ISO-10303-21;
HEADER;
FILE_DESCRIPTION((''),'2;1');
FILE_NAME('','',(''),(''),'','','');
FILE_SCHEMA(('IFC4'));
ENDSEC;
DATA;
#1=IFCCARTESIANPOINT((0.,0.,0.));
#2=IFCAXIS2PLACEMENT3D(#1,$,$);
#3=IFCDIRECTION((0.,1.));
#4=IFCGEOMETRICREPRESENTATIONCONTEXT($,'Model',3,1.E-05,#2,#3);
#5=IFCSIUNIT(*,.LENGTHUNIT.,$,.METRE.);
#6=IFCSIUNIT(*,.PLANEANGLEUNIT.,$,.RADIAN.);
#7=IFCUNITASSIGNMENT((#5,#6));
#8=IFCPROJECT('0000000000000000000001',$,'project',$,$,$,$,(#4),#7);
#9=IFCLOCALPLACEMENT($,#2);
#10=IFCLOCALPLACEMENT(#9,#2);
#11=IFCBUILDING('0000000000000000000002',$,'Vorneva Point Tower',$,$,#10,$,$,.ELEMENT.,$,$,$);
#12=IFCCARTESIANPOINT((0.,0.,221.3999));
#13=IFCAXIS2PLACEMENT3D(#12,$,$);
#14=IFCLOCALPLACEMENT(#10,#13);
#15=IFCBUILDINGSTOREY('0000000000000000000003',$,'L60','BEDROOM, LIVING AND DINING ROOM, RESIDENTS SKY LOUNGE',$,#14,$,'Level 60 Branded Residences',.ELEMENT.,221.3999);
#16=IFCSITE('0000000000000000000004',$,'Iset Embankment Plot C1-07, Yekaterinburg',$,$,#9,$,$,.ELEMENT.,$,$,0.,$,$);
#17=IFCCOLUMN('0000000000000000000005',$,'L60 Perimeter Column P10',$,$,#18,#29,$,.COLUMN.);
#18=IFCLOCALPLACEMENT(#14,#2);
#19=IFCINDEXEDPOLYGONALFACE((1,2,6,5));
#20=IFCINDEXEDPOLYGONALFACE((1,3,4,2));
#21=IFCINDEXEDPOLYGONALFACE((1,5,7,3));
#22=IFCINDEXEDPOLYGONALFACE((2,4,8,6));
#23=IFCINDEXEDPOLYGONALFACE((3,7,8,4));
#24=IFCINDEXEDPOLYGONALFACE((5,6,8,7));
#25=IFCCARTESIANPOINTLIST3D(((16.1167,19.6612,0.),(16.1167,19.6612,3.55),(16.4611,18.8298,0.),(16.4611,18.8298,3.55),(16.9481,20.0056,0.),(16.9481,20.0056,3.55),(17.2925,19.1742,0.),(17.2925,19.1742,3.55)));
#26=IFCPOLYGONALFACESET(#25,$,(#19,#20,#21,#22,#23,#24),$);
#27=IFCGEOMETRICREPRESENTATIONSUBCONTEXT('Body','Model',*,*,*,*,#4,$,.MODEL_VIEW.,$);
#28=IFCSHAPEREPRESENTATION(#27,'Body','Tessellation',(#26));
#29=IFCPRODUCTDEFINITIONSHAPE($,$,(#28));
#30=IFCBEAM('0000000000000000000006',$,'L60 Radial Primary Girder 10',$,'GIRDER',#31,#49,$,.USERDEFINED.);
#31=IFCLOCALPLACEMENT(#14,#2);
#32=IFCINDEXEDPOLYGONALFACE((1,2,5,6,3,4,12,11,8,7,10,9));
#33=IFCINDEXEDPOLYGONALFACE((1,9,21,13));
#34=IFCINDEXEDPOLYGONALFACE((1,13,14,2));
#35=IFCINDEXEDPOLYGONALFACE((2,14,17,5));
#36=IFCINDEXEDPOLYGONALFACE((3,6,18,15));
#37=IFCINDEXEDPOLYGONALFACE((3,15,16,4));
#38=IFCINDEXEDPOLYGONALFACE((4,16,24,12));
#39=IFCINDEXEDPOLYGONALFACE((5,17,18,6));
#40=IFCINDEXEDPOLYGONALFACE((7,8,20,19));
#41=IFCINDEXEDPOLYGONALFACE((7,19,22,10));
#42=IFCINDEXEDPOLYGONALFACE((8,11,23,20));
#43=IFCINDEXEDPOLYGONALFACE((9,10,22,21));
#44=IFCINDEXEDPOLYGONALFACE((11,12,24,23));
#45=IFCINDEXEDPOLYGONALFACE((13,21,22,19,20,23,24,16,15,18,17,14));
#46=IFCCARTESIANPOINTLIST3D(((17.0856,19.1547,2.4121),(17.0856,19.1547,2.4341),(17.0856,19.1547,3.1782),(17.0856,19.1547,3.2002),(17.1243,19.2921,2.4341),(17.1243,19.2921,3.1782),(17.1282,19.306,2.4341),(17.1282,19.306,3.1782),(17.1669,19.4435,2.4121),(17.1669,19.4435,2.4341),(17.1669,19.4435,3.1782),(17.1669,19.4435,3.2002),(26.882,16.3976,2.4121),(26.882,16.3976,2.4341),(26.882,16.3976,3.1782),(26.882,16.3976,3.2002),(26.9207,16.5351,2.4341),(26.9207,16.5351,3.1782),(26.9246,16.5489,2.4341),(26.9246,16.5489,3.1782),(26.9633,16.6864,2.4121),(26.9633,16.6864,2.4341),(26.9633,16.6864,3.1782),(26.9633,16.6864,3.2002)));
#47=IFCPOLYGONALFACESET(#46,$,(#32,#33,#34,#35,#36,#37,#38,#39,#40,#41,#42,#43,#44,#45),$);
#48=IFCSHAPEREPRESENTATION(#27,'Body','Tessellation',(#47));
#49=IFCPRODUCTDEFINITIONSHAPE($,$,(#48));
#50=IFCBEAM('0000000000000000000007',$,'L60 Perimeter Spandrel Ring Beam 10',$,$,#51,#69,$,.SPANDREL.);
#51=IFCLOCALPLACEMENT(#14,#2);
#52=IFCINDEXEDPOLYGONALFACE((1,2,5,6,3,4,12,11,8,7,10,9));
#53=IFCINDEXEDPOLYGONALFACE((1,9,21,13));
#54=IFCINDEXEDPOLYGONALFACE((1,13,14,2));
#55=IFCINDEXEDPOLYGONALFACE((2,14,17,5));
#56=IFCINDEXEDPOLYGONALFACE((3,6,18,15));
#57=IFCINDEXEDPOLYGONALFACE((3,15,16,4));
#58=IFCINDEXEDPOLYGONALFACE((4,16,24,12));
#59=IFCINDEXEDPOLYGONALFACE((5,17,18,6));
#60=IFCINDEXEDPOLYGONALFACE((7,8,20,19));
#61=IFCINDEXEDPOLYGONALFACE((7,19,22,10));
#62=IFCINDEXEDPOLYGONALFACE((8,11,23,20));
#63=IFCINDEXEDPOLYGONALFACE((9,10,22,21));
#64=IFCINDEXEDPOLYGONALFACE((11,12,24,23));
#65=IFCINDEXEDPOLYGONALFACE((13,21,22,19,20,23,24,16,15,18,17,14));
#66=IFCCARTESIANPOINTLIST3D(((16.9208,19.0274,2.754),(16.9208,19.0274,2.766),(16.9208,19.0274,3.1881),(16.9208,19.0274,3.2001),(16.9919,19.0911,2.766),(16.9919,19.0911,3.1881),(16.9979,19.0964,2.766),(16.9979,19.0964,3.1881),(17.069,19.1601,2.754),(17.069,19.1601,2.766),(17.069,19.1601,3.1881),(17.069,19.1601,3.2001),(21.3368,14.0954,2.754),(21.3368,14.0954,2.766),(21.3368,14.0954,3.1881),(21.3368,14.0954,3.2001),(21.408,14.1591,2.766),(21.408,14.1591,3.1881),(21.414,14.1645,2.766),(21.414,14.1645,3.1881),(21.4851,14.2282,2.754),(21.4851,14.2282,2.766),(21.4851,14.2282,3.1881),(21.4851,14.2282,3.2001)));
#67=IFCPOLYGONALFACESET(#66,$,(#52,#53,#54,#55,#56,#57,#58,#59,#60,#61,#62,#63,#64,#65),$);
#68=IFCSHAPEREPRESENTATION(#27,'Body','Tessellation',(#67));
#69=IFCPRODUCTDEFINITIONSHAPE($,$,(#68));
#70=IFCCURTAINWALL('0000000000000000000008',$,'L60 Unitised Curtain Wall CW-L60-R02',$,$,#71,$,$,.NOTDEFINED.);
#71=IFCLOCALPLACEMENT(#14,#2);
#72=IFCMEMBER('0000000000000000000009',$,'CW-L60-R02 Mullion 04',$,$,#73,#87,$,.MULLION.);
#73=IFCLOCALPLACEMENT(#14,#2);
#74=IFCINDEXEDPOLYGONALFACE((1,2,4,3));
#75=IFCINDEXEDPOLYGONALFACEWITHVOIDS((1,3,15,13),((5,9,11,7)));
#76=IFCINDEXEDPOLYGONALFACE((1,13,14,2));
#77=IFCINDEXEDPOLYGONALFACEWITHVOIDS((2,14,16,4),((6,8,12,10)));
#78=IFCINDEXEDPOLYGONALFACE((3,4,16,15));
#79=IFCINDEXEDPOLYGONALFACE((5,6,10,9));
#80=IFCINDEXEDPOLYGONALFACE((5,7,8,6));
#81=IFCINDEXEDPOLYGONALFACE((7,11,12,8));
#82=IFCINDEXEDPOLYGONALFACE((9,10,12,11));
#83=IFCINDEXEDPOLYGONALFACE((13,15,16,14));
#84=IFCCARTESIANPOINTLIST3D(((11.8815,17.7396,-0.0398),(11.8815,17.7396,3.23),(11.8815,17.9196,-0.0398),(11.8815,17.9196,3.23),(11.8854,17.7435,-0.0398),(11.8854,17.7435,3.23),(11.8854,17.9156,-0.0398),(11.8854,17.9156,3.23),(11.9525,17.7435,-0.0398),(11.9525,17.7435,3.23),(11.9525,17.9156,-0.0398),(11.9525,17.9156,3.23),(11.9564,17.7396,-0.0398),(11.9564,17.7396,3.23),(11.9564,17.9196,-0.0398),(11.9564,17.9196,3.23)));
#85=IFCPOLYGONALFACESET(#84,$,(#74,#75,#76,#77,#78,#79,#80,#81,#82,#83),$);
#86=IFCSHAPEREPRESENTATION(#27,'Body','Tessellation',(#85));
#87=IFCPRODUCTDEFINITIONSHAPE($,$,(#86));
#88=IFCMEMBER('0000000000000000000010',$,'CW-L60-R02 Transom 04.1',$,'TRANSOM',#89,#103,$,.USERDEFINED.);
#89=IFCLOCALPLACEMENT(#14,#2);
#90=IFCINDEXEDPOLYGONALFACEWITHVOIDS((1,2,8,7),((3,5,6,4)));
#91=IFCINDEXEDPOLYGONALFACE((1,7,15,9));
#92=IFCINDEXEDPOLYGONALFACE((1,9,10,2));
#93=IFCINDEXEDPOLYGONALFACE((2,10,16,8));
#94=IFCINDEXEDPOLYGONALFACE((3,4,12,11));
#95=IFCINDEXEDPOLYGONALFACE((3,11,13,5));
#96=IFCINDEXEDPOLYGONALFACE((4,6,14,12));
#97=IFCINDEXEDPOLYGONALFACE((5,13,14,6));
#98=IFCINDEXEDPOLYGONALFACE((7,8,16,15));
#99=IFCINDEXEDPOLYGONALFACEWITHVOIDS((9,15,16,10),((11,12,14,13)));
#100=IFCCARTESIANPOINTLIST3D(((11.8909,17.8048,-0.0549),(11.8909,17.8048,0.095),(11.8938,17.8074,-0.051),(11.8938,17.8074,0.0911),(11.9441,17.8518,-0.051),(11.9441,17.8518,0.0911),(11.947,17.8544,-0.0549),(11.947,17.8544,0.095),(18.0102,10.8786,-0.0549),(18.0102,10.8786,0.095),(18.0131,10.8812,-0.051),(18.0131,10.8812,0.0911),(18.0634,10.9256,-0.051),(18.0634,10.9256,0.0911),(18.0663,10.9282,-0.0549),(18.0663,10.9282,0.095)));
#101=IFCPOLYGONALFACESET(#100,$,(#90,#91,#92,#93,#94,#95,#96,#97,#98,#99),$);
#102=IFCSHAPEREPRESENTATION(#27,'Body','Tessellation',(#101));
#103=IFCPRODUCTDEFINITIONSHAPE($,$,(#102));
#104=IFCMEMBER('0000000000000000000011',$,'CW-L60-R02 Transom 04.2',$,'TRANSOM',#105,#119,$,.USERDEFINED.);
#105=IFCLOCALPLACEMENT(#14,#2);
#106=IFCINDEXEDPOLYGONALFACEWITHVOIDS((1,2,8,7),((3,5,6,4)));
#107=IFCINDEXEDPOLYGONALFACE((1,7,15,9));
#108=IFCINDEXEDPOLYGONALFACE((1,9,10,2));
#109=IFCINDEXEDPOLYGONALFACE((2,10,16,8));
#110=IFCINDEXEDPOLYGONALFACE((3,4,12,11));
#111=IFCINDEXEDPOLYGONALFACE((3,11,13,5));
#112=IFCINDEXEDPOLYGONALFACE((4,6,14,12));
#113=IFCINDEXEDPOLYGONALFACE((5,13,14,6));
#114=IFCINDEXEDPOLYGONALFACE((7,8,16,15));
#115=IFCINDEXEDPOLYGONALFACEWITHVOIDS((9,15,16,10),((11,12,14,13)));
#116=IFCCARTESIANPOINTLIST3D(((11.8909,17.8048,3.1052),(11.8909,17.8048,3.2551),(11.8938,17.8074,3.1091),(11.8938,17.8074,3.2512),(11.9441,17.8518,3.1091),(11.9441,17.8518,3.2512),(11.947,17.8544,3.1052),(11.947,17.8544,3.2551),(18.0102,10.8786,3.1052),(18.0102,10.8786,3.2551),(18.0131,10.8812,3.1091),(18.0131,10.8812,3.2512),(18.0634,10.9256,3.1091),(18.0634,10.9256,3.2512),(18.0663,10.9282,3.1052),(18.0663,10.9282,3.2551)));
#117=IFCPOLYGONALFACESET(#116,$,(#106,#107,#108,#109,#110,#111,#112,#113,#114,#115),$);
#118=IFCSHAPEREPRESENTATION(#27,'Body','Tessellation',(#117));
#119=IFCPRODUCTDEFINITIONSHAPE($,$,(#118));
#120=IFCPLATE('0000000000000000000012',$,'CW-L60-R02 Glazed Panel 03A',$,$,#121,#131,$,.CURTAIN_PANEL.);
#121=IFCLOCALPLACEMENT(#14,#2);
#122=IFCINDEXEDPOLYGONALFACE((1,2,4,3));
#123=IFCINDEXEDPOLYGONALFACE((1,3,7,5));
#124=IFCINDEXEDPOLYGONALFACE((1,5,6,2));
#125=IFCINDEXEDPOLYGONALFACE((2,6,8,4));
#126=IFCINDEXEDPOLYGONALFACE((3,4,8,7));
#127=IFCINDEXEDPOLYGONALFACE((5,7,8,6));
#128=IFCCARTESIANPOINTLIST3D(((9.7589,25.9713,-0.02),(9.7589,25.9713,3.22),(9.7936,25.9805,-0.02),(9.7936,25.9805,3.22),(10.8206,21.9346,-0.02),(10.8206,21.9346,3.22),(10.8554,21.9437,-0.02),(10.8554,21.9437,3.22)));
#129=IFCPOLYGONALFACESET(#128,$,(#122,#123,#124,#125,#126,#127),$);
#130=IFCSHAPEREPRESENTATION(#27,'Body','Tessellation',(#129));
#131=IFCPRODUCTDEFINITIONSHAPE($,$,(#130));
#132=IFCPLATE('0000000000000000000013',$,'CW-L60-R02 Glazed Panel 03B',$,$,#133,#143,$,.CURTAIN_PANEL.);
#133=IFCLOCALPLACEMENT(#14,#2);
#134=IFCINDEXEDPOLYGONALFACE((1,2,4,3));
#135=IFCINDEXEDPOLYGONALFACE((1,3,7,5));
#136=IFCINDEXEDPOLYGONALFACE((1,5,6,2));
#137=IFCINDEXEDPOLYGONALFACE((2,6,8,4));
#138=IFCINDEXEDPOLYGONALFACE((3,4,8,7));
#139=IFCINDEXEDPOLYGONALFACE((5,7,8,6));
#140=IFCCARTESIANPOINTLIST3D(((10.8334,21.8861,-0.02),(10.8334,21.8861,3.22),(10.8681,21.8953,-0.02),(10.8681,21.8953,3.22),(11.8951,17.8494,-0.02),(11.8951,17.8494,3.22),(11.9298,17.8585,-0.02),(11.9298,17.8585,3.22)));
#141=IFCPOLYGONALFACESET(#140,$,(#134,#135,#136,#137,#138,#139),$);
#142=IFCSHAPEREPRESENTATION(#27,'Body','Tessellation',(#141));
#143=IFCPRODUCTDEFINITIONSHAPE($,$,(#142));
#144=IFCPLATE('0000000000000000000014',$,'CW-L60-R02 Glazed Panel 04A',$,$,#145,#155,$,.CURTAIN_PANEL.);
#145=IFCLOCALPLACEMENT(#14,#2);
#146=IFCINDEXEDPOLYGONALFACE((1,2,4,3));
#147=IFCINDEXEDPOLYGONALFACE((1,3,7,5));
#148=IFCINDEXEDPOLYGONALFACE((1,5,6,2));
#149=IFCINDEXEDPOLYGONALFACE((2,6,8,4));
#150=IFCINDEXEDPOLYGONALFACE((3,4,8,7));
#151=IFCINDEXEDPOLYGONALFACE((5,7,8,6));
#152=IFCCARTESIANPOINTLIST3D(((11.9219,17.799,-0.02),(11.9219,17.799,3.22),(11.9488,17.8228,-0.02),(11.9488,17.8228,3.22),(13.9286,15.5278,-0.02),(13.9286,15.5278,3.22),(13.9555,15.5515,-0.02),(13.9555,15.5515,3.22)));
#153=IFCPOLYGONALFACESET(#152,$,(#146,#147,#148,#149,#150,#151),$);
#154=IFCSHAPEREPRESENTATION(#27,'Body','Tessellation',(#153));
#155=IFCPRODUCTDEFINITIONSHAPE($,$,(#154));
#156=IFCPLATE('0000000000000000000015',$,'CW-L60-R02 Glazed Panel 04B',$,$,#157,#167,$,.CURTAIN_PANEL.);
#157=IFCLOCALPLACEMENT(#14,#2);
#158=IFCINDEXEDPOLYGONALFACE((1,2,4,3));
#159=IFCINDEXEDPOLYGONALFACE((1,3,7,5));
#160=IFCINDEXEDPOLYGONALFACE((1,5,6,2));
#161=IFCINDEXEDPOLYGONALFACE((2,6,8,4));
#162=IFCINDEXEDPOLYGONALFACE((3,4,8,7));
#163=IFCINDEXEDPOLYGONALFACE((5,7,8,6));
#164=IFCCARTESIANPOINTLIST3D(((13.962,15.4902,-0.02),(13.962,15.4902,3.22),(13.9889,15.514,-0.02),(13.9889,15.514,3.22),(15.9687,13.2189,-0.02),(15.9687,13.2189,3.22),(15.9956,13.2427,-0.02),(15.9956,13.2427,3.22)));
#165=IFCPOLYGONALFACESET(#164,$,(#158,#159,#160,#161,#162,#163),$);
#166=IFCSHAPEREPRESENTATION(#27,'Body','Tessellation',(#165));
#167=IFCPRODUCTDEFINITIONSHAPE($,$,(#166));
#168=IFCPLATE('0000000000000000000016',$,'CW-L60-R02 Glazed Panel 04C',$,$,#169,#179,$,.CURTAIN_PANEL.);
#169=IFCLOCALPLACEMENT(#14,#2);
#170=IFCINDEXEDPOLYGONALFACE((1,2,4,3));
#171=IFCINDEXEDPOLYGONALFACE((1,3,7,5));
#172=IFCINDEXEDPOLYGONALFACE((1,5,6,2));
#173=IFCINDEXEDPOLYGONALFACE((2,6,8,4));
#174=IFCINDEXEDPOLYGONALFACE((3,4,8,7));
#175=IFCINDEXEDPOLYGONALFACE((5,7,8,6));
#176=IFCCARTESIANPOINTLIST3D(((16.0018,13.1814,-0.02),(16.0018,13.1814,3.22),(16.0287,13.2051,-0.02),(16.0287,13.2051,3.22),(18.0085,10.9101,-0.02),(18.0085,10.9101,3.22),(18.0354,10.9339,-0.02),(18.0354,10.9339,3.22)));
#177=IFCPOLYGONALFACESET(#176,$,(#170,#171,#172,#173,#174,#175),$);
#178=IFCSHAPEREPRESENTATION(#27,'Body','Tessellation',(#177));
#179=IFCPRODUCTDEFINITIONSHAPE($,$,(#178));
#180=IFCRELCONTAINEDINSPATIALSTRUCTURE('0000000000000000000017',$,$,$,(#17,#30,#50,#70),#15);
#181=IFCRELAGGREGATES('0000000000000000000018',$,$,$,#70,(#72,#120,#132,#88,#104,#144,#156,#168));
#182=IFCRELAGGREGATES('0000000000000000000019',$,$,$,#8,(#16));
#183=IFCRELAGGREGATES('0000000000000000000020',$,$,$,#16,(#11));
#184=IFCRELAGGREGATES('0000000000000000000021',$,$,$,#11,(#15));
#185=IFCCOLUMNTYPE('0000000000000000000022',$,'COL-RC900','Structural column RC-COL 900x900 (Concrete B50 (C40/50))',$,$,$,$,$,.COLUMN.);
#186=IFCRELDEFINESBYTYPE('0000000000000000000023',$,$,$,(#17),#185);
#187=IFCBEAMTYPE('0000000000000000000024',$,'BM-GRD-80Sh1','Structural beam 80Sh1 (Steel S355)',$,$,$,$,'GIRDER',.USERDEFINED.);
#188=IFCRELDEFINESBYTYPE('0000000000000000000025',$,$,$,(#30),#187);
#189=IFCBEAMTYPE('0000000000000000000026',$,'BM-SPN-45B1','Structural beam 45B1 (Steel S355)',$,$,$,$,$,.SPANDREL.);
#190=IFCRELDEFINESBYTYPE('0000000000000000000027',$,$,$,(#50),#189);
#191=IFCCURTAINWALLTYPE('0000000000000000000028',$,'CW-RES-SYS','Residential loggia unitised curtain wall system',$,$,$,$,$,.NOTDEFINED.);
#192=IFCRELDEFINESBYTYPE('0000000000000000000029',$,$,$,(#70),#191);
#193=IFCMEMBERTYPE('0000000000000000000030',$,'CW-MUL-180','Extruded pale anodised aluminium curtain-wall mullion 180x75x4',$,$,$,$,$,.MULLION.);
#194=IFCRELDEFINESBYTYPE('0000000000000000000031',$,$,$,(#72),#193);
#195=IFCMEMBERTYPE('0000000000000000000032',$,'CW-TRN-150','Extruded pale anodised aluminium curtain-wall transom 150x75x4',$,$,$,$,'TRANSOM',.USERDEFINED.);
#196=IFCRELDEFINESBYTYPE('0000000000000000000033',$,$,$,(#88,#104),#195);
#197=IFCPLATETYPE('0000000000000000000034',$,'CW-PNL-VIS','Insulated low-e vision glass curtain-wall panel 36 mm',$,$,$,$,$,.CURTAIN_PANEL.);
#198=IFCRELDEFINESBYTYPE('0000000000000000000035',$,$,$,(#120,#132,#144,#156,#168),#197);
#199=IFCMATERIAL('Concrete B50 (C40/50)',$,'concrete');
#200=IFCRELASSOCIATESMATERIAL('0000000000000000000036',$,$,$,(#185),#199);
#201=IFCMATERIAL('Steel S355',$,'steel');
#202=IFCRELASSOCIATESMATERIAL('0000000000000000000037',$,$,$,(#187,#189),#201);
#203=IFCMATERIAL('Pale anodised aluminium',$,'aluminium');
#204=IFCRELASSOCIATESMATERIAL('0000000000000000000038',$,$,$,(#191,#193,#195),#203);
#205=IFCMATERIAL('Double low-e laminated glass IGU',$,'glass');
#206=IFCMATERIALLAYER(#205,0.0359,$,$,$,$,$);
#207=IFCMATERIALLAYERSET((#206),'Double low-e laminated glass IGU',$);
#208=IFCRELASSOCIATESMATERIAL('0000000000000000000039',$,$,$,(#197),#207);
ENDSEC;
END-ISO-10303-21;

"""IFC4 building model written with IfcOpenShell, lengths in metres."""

from ifc_helpers import new_model, si_unit, direction, frame, origin, origin_2d, place, context, subcontext, project, spatial, rectangle, hollow_rectangle, i_section, extrude, material, layer, layer_set, material_profile, profile_set, type_object, element, aggregate, save


model = new_model("IFC4")

# Units and contexts
model_context = context("Model", 3, precision=1e-05, world=origin(), true_north=direction((0.0, 1.0)))
body_context = subcontext(model_context, "Body", "Model", "MODEL_VIEW")
ifc_project = project(units=[si_unit("LENGTHUNIT", "METRE"), si_unit("PLANEANGLEUNIT", "RADIAN")], contexts=[model_context])

# Site, building, storey
site_placement = place(None, origin())
site = spatial("IfcSite", under=ifc_project, at=site_placement, Name="Iset Embankment Plot C1-07, Yekaterinburg", CompositionType="ELEMENT", RefElevation=0.0)
building_placement = place(site_placement, origin())
building = spatial("IfcBuilding", under=site, at=building_placement, Name="Vorneva Point Tower", CompositionType="ELEMENT")
storey_placement = place(building_placement, frame((0.0, 0.0, 221.3999)))
storey = spatial("IfcBuildingStorey", under=building, at=storey_placement, Name="L60", Description="BEDROOM, LIVING AND DINING ROOM, RESIDENTS SKY LOUNGE", LongName="Level 60 Branded Residences", CompositionType="ELEMENT", Elevation=221.3999)

# Column
ifc_material_1 = material(Name="Concrete B50 (C40/50)", Category="concrete")
ifc_material_profile_1 = material_profile(ifc_material_1, rectangle(XDim=0.8999, YDim=0.8999, at=origin_2d()), Name="RC-COL 900x900")
ifc_profile_set_1 = profile_set([ifc_material_profile_1], Name="Concrete B50 (C40/50)")
column_type = type_object("IfcColumnType", Name="COL-RC900", Description="Structural column RC-COL 900x900 (Concrete B50 (C40/50))", PredefinedType="COLUMN", material=ifc_profile_set_1)
column_placement = place(storey_placement, frame((16.7046, 19.4177, 0.0), z_axis=(0.0, 0.0, 1.0), x_axis=(-0.92388, -0.382683, 0.0)))
element("IfcColumn", 1, at=column_placement, inside=storey, type_object=column_type, Name="L60 Perimeter Column P10", PredefinedType="COLUMN", context=body_context, shape_type="SweptSolid", body=[
    extrude(rectangle(XDim=0.8999, YDim=0.8999, at=origin_2d()), origin(), (0.0, 0.0, 1.0), 3.55),
])

# Beams
ifc_material_2 = material(Name="Steel S355", Category="steel")
ifc_material_profile_2 = material_profile(ifc_material_2, i_section(OverallWidth=0.3, OverallDepth=0.7881, WebThickness=0.0144, FlangeThickness=0.022, at=origin_2d()), Name="80Sh1")
ifc_profile_set_2 = profile_set([ifc_material_profile_2], Name="Steel S355")
beam_type_1 = type_object("IfcBeamType", Name="BM-GRD-80Sh1", Description="Structural beam 80Sh1 (Steel S355)", ElementType="GIRDER", PredefinedType="USERDEFINED", material=ifc_profile_set_2)
beam_1_placement = place(storey_placement, frame((17.1262, 19.2991, 2.8062), z_axis=(0.962604, -0.270914, 0.0), x_axis=(0.270914, 0.962604, 0.0)))
element("IfcBeam", 2, at=beam_1_placement, inside=storey, type_object=beam_type_1, Name="L60 Radial Primary Girder 10", ObjectType="GIRDER", PredefinedType="USERDEFINED", context=body_context, shape_type="SweptSolid", body=[
    extrude(i_section(OverallWidth=0.3, OverallDepth=0.7881, WebThickness=0.0144, FlangeThickness=0.022, at=origin_2d()), origin(), (0.0, 0.0, 1.0), 10.177),
])
ifc_material_profile_3 = material_profile(ifc_material_2, i_section(OverallWidth=0.199, OverallDepth=0.446, WebThickness=0.0081, FlangeThickness=0.012, at=origin_2d()), Name="45B1")
ifc_profile_set_3 = profile_set([ifc_material_profile_3], Name="Steel S355")
beam_type_2 = type_object("IfcBeamType", Name="BM-SPN-45B1", Description="Structural beam 45B1 (Steel S355)", PredefinedType="SPANDREL", material=ifc_profile_set_3)
beam_2_placement = place(storey_placement, frame((16.9949, 19.0938, 2.9771), z_axis=(0.66707, -0.744995, 0.0), x_axis=(0.744995, 0.66707, 0.0)))
element("IfcBeam", 3, at=beam_2_placement, inside=storey, type_object=beam_type_2, Name="L60 Perimeter Spandrel Ring Beam 10", PredefinedType="SPANDREL", context=body_context, shape_type="SweptSolid", body=[
    extrude(i_section(OverallWidth=0.199, OverallDepth=0.446, WebThickness=0.0081, FlangeThickness=0.012, at=origin_2d()), origin(), (0.0, 0.0, 1.0), 6.6201),
])

# Curtain wall, members, plates
ifc_material_3 = material(Name="Pale anodised aluminium", Category="aluminium")
curtain_wall_type = type_object("IfcCurtainWallType", Name="CW-RES-SYS", Description="Residential loggia unitised curtain wall system", PredefinedType="NOTDEFINED", material=ifc_material_3)
curtain_wall_placement = place(storey_placement, origin())
curtain_wall = element("IfcCurtainWall", 4, at=curtain_wall_placement, inside=storey, type_object=curtain_wall_type, Name="L60 Unitised Curtain Wall CW-L60-R02", PredefinedType="NOTDEFINED")
ifc_material_profile_4 = material_profile(ifc_material_3, hollow_rectangle(XDim=0.075, YDim=0.1799, WallThickness=0.0039, at=origin_2d()), Name="AL-MUL 180x75x4")
ifc_profile_set_4 = profile_set([ifc_material_profile_4], Name="Pale anodised aluminium")
member_type_1 = type_object("IfcMemberType", Name="CW-MUL-180", Description="Extruded pale anodised aluminium curtain-wall mullion 180x75x4", PredefinedType="MULLION", material=ifc_profile_set_4)
member_1_placement = place(storey_placement, frame((11.9189, 17.8296, -0.0398), z_axis=(0.0, 0.0, 1.0), x_axis=(1.0, 0.0, 0.0)))
member_1 = element("IfcMember", 5, at=member_1_placement, type_object=member_type_1, Name="CW-L60-R02 Mullion 04", PredefinedType="MULLION", context=body_context, shape_type="SweptSolid", body=[
    extrude(hollow_rectangle(XDim=0.075, YDim=0.1799, WallThickness=0.0039, at=origin_2d()), origin(), (0.0, 0.0, 1.0), 3.2698),
])
ifc_material_profile_5 = material_profile(ifc_material_3, hollow_rectangle(XDim=0.075, YDim=0.1499, WallThickness=0.0039, at=origin_2d()), Name="AL-TRN 150x75x4")
ifc_profile_set_5 = profile_set([ifc_material_profile_5], Name="Pale anodised aluminium")
member_type_2 = type_object("IfcMemberType", Name="CW-TRN-150", Description="Extruded pale anodised aluminium curtain-wall transom 150x75x4", ElementType="TRANSOM", PredefinedType="USERDEFINED", material=ifc_profile_set_5)
member_2_placement = place(storey_placement, frame((11.9189, 17.8296, 0.02), z_axis=(0.662106, -0.74941, 0.0), x_axis=(0.74941, 0.662106, 0.0)))
member_2 = element("IfcMember", 6, at=member_2_placement, type_object=member_type_2, Name="CW-L60-R02 Transom 04.1", ObjectType="TRANSOM", PredefinedType="USERDEFINED", context=body_context, shape_type="SweptSolid", body=[
    extrude(hollow_rectangle(XDim=0.075, YDim=0.1499, WallThickness=0.0039, at=origin_2d()), origin(), (0.0, 0.0, 1.0), 9.2422),
])
member_3_placement = place(storey_placement, frame((11.9189, 17.8296, 3.1802), z_axis=(0.662106, -0.74941, 0.0), x_axis=(0.74941, 0.662106, 0.0)))
member_3 = element("IfcMember", 7, at=member_3_placement, type_object=member_type_2, Name="CW-L60-R02 Transom 04.2", ObjectType="TRANSOM", PredefinedType="USERDEFINED", context=body_context, shape_type="SweptSolid", body=[
    extrude(hollow_rectangle(XDim=0.075, YDim=0.1499, WallThickness=0.0039, at=origin_2d()), origin(), (0.0, 0.0, 1.0), 9.2422),
])
ifc_material_4 = material(Name="Double low-e laminated glass IGU", Category="glass")
ifc_layer_1 = layer(ifc_material_4, 0.0359)
ifc_layer_set_1 = layer_set([ifc_layer_1], Name="Double low-e laminated glass IGU")
plate_type = type_object("IfcPlateType", Name="CW-PNL-VIS", Description="Insulated low-e vision glass curtain-wall panel 36 mm", PredefinedType="CURTAIN_PANEL", material=ifc_layer_set_1)
plate_1_placement = place(storey_placement, frame((10.3071, 23.9575, -0.02), z_axis=(0.0, 0.0, 1.0), x_axis=(0.254366, -0.967108, 0.0)))
plate_1 = element("IfcPlate", 8, at=plate_1_placement, type_object=plate_type, Name="CW-L60-R02 Glazed Panel 03A", PredefinedType="CURTAIN_PANEL", context=body_context, shape_type="SweptSolid", body=[
    extrude(rectangle(XDim=4.1741, YDim=0.0359, at=origin_2d()), origin(), (0.0, 0.0, 1.0), 3.24),
])
plate_2_placement = place(storey_placement, frame((11.3816, 19.8723, -0.02), z_axis=(0.0, 0.0, 1.0), x_axis=(0.254366, -0.967108, 0.0)))
plate_2 = element("IfcPlate", 9, at=plate_2_placement, type_object=plate_type, Name="CW-L60-R02 Glazed Panel 03B", PredefinedType="CURTAIN_PANEL", context=body_context, shape_type="SweptSolid", body=[
    extrude(rectangle(XDim=4.1741, YDim=0.0359, at=origin_2d()), origin(), (0.0, 0.0, 1.0), 3.24),
])
plate_3_placement = place(storey_placement, frame((12.9387, 16.6753, -0.02), z_axis=(0.0, 0.0, 1.0), x_axis=(0.66211, -0.749407, 0.0)))
plate_3 = element("IfcPlate", 10, at=plate_3_placement, type_object=plate_type, Name="CW-L60-R02 Glazed Panel 04A", PredefinedType="CURTAIN_PANEL", context=body_context, shape_type="SweptSolid", body=[
    extrude(rectangle(XDim=3.0308, YDim=0.0359, at=origin_2d()), origin(), (0.0, 0.0, 1.0), 3.24),
])
plate_4_placement = place(storey_placement, frame((14.9788, 14.3665, -0.02), z_axis=(0.0, 0.0, 1.0), x_axis=(0.66211, -0.749407, 0.0)))
plate_4 = element("IfcPlate", 11, at=plate_4_placement, type_object=plate_type, Name="CW-L60-R02 Glazed Panel 04B", PredefinedType="CURTAIN_PANEL", context=body_context, shape_type="SweptSolid", body=[
    extrude(rectangle(XDim=3.0308, YDim=0.0359, at=origin_2d()), origin(), (0.0, 0.0, 1.0), 3.24),
])
plate_5_placement = place(storey_placement, frame((17.0186, 12.0576, -0.02), z_axis=(0.0, 0.0, 1.0), x_axis=(0.66211, -0.749407, 0.0)))
plate_5 = element("IfcPlate", 12, at=plate_5_placement, type_object=plate_type, Name="CW-L60-R02 Glazed Panel 04C", PredefinedType="CURTAIN_PANEL", context=body_context, shape_type="SweptSolid", body=[
    extrude(rectangle(XDim=3.0308, YDim=0.0359, at=origin_2d()), origin(), (0.0, 0.0, 1.0), 3.24),
])
aggregate(curtain_wall, [member_1, plate_1, plate_2, member_2, member_3, plate_3, plate_4, plate_5])

save(model, "model.ifc")
